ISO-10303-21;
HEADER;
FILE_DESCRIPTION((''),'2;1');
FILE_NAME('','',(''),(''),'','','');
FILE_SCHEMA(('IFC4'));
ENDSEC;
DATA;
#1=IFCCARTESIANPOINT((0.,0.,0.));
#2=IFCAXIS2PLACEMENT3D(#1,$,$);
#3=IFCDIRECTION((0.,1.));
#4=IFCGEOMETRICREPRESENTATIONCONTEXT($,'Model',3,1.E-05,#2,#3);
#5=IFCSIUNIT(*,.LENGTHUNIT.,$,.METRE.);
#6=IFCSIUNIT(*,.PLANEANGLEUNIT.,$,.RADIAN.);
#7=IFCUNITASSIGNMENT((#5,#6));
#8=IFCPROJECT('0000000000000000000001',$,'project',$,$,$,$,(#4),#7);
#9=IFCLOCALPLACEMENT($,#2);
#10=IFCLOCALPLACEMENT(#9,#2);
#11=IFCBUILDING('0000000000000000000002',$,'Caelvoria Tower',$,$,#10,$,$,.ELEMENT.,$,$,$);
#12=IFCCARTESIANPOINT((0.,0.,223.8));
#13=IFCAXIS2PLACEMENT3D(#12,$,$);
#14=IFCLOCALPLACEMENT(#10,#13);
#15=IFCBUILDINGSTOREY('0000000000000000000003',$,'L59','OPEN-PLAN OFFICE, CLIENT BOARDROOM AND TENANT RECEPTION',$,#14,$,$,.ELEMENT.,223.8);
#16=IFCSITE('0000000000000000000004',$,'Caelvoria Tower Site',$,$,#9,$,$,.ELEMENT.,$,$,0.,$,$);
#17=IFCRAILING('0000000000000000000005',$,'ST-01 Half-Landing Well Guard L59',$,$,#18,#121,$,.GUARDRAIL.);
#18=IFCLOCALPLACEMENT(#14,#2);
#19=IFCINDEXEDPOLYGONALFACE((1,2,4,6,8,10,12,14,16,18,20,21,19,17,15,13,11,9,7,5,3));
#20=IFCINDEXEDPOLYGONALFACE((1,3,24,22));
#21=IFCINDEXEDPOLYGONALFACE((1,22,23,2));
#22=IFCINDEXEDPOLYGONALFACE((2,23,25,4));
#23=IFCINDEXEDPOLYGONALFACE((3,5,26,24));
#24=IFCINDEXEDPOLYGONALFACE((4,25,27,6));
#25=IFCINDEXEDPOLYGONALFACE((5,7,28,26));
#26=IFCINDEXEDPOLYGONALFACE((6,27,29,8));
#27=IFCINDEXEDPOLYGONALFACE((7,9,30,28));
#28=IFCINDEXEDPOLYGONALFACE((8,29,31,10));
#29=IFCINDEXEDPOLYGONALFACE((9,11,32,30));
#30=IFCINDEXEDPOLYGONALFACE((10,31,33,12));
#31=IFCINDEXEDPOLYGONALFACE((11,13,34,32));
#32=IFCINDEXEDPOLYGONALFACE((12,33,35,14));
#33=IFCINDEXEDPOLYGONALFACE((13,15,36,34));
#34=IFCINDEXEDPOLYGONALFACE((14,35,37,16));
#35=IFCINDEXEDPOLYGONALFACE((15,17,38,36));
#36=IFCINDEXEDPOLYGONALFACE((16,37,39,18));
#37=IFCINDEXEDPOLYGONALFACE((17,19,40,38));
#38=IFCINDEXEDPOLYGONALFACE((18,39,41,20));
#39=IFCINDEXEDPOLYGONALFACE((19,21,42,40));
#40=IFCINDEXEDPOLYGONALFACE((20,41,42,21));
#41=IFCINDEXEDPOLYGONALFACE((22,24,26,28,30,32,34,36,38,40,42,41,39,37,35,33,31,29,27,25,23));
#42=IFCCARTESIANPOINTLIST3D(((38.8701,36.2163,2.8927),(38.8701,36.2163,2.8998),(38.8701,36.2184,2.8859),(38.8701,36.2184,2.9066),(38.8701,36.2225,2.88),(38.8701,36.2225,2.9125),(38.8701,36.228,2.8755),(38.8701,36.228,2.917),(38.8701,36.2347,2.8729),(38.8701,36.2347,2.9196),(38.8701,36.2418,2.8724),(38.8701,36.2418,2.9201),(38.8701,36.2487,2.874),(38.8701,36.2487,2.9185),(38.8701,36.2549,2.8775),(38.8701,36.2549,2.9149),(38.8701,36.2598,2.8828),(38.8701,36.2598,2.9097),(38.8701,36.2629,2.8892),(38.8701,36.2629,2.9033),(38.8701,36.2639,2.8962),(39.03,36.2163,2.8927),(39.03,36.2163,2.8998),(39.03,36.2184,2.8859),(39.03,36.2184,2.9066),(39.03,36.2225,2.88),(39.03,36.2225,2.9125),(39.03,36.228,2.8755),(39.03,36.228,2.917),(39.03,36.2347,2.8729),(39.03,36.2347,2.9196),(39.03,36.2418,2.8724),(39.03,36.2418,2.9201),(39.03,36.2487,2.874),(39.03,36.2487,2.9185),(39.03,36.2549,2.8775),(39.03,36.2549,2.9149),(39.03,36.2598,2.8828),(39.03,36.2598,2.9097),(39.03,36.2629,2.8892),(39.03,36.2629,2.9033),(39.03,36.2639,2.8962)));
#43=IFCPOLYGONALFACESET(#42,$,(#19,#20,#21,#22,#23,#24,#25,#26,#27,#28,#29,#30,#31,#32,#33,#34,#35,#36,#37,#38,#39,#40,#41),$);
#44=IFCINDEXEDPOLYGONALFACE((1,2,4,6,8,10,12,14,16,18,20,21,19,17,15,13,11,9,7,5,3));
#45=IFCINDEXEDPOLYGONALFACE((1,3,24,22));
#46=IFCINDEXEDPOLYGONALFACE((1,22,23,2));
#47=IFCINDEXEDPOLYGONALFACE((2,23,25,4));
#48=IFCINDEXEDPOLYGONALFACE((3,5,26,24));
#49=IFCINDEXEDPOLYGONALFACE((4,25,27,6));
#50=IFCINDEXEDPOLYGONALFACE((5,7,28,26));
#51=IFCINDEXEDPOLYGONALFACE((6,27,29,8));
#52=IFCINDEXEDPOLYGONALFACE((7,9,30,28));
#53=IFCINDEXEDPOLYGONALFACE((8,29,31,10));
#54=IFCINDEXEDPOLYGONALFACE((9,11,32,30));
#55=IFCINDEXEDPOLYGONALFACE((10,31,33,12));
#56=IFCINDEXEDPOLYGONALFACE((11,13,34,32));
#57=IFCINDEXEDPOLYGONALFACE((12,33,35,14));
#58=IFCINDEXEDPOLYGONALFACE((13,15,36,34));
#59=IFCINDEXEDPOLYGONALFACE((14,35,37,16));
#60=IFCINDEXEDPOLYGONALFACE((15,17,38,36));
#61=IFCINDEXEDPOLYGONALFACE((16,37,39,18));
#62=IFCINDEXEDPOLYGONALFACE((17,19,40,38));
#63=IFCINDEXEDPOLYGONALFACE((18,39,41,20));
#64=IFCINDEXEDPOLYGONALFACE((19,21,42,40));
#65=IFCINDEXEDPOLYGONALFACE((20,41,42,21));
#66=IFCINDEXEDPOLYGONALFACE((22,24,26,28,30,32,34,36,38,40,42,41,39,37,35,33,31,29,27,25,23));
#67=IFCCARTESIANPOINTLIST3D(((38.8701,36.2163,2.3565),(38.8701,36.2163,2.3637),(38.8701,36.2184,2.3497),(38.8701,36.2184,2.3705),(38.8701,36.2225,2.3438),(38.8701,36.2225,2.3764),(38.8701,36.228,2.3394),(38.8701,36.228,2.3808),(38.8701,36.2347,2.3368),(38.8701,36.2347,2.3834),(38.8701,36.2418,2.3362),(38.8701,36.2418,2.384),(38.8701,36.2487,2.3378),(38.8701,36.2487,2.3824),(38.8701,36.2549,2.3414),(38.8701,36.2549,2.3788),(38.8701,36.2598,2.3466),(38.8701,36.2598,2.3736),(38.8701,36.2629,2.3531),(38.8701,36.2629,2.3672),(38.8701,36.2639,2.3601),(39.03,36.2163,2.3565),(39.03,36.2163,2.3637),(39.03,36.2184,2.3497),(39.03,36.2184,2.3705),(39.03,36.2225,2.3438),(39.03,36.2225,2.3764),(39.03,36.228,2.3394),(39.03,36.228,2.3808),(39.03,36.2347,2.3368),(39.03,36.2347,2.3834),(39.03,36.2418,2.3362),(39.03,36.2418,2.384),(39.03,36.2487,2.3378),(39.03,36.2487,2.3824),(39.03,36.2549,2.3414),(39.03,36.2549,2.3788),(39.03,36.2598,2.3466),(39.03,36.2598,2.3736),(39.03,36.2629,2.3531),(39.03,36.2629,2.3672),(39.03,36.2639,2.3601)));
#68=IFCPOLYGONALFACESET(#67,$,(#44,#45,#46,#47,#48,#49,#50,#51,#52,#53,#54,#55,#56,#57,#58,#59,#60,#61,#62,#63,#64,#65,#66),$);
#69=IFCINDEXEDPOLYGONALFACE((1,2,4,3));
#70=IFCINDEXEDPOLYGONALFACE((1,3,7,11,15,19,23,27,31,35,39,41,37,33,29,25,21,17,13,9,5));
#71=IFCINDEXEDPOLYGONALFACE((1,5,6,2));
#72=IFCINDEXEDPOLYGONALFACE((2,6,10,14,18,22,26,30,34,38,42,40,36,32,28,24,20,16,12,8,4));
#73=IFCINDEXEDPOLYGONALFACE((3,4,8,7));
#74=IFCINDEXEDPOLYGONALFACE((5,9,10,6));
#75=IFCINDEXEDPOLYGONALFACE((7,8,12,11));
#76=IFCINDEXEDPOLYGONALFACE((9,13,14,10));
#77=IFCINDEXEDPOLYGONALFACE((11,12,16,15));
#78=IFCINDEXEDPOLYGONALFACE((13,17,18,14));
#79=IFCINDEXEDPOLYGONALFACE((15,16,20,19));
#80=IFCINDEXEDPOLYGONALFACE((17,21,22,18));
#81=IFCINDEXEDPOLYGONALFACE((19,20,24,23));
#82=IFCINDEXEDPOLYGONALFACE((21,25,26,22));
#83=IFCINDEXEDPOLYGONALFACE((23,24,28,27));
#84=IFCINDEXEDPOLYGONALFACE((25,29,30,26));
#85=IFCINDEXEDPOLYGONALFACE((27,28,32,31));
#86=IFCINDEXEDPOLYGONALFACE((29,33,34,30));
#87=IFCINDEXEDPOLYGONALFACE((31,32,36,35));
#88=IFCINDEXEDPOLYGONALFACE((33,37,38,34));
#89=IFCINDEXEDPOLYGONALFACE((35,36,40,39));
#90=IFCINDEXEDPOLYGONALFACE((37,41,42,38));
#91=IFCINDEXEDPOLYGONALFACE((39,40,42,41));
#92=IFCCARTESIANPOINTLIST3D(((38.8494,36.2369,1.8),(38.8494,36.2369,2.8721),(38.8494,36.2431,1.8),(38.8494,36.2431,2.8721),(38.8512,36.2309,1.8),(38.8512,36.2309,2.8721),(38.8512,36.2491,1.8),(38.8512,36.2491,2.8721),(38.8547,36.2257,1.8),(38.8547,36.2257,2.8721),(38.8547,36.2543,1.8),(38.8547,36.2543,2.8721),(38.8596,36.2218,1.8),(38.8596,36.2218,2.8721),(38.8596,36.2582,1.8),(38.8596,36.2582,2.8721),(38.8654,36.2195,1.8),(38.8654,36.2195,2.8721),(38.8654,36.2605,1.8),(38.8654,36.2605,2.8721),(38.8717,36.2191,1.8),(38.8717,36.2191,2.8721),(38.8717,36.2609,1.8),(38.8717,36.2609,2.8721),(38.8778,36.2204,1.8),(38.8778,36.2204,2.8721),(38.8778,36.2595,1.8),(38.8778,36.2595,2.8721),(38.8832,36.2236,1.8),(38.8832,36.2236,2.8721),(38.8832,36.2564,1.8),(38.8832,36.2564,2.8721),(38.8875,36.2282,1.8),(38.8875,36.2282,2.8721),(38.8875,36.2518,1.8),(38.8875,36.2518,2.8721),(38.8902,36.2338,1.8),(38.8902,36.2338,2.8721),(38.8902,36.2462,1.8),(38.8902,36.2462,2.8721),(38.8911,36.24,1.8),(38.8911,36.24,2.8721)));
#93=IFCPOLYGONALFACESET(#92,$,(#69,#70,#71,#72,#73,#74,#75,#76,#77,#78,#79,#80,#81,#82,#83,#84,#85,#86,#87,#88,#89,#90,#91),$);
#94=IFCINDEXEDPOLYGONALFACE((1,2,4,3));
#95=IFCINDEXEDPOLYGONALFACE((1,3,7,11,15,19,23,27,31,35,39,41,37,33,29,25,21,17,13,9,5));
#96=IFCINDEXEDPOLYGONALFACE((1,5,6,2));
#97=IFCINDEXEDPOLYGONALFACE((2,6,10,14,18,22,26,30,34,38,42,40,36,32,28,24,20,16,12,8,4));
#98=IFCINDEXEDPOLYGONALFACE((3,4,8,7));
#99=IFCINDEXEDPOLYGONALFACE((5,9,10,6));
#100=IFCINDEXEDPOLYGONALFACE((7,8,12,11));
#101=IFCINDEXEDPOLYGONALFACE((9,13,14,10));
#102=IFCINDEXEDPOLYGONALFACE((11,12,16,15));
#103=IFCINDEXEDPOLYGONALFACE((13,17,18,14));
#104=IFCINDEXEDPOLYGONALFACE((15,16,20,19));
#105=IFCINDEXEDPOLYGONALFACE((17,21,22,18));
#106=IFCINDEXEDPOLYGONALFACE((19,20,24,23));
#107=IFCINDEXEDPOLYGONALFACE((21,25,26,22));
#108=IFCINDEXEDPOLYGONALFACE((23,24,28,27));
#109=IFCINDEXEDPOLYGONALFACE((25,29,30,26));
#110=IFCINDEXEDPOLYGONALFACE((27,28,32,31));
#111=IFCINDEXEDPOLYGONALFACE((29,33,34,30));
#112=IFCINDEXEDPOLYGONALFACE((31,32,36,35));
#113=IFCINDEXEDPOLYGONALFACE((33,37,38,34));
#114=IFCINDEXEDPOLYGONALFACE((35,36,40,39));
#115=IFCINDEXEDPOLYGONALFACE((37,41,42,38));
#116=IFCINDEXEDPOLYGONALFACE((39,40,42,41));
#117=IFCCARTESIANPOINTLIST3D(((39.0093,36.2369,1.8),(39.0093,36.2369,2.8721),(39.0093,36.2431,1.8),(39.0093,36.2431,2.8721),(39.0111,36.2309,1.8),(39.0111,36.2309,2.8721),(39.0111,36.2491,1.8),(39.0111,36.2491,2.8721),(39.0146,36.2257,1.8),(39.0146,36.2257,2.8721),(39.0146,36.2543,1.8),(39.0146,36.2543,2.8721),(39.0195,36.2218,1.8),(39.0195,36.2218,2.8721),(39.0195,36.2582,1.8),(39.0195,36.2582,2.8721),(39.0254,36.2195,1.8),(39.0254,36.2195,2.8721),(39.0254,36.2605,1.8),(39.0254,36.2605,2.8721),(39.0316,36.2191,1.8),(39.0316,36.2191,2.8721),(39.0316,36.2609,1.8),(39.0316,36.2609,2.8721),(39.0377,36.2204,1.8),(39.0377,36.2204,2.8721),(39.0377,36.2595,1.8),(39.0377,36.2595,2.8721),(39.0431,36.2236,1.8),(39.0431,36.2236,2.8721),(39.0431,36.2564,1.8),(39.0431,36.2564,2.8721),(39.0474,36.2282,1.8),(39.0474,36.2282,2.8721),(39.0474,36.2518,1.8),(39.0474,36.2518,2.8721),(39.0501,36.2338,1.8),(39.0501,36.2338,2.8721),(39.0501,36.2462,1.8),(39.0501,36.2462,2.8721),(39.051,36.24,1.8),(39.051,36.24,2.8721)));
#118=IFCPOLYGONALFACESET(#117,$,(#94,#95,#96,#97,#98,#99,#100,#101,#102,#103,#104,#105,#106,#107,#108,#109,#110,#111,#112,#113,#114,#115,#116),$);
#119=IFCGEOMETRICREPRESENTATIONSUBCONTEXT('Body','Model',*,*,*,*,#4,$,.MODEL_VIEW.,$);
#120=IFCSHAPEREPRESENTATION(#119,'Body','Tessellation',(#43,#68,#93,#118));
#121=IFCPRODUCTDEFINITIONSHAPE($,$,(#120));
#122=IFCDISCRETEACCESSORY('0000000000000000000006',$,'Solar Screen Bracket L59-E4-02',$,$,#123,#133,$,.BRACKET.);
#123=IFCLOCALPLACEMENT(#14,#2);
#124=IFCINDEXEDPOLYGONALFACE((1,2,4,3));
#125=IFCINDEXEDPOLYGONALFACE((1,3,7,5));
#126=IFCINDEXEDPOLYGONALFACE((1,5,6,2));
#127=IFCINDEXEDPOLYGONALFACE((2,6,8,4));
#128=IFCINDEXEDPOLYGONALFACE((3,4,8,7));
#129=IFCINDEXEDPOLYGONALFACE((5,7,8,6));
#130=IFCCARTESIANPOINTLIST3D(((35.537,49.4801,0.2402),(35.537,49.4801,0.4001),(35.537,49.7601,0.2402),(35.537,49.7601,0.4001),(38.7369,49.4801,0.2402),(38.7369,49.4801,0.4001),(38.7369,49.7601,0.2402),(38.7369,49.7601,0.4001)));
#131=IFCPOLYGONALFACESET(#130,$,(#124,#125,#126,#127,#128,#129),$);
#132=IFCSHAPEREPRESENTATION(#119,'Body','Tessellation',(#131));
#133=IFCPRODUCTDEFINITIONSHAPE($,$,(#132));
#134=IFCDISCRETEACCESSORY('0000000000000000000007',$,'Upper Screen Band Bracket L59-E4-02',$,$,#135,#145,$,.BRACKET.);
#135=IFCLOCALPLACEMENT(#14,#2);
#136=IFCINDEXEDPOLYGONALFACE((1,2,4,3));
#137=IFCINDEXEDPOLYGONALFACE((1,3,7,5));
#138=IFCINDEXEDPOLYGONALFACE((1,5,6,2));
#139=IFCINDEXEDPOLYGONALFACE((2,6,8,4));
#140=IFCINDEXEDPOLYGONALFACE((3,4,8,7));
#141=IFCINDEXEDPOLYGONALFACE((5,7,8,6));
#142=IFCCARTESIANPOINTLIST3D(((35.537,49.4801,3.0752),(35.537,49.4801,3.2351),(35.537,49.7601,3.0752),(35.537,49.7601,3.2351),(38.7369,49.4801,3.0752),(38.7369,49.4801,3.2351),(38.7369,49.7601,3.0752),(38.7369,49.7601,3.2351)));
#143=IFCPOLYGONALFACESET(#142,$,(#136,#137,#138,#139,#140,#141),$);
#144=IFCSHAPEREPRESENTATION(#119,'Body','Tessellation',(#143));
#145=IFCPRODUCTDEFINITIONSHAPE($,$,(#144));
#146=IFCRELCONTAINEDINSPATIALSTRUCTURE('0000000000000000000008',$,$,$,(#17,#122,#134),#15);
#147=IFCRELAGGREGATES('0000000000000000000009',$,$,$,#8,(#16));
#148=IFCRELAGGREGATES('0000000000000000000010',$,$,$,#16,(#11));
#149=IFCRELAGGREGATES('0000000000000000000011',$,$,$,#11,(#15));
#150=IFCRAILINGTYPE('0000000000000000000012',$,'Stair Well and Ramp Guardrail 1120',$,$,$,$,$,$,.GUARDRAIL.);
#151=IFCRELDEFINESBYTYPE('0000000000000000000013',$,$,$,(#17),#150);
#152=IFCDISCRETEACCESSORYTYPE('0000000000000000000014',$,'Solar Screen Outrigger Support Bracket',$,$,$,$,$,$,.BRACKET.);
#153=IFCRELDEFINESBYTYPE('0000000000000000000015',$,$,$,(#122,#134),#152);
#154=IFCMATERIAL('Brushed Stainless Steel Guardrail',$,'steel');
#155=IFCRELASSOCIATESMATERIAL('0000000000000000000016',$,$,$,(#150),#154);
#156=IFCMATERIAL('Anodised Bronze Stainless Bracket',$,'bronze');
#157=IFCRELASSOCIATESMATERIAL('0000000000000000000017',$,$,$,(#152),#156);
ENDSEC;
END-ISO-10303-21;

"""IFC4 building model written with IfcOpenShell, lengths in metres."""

from ifc_helpers import new_model, si_unit, direction, frame, origin, origin_2d, place, context, subcontext, project, spatial, rectangle, circle, extrude, material, type_object, element, save


model = new_model("IFC4")

# Units and contexts
model_context = context("Model", 3, precision=1e-05, world=origin(), true_north=direction((0.0, 1.0)))
body_context = subcontext(model_context, "Body", "Model", "MODEL_VIEW")
ifc_project = project(units=[si_unit("LENGTHUNIT", "METRE"), si_unit("PLANEANGLEUNIT", "RADIAN")], contexts=[model_context])

# Site, building, storey
site_placement = place(None, origin())
site = spatial("IfcSite", under=ifc_project, at=site_placement, Name="Caelvoria Tower Site", CompositionType="ELEMENT", RefElevation=0.0)
building_placement = place(site_placement, origin())
building = spatial("IfcBuilding", under=site, at=building_placement, Name="Caelvoria Tower", CompositionType="ELEMENT")
storey_placement = place(building_placement, frame((0.0, 0.0, 223.8)))
storey = spatial("IfcBuildingStorey", under=building, at=storey_placement, Name="L59", Description="OPEN-PLAN OFFICE, CLIENT BOARDROOM AND TENANT RECEPTION", CompositionType="ELEMENT", Elevation=223.8)

# Railing
ifc_material_1 = material(Name="Brushed Stainless Steel Guardrail", Category="steel")
railing_type_1 = type_object("IfcRailingType", Name="Stair Well and Ramp Guardrail 1120", PredefinedType="GUARDRAIL", material=ifc_material_1)
railing_1_placement = place(storey_placement, frame((38.8701, 36.24, 1.8)))
element("IfcRailing", 1, at=railing_1_placement, inside=storey, type_object=railing_type_1, Name="ST-01 Half-Landing Well Guard L59", PredefinedType="GUARDRAIL", context=body_context, shape_type="SweptSolid", body=[
    extrude(circle(Radius=0.0239, at=origin_2d()), frame((0.0, 0.0, 1.0962), z_axis=(1.0, 0.0, 0.0), x_axis=(0.0, 1.0, 0.0)), (0.0, 0.0, 1.0), 0.1599),
    extrude(circle(Radius=0.0239, at=origin_2d()), frame((0.0, 0.0, 0.5601), z_axis=(1.0, 0.0, 0.0), x_axis=(0.0, 1.0, 0.0)), (0.0, 0.0, 1.0), 0.1599),
    extrude(circle(Radius=0.021, at=origin_2d()), origin(), (0.0, 0.0, 1.0), 1.072),
    extrude(circle(Radius=0.021, at=origin_2d()), frame((0.1599, 0.0, 0.0)), (0.0, 0.0, 1.0), 1.072),
])

# Discrete accessories
ifc_material_2 = material(Name="Anodised Bronze Stainless Bracket", Category="bronze")
discrete_accessory_type = type_object("IfcDiscreteAccessoryType", Name="Solar Screen Outrigger Support Bracket", PredefinedType="BRACKET", material=ifc_material_2)
for number, where, z_axis, x_axis, name in (
    (2, (37.137, 49.6201, 0.2402), (0.0, 0.0, 1.0), (-1.0, 0.0, 0.0), "Solar Screen Bracket L59-E4-02"),
    (3, (37.137, 49.6201, 3.0752), (0.0, 0.0, 1.0), (-1.0, 0.0, 0.0), "Upper Screen Band Bracket L59-E4-02"),
):
    element("IfcDiscreteAccessory", number, at=place(storey_placement, frame(where, z_axis=z_axis, x_axis=x_axis)), inside=storey, type_object=discrete_accessory_type, Name=name, PredefinedType="BRACKET", context=body_context, shape_type="SweptSolid", body=[
        extrude(rectangle(XDim=3.2, YDim=0.28, at=origin_2d()), origin(), (0.0, 0.0, 1.0), 0.1599),
    ])

save(model, "model.ifc")
